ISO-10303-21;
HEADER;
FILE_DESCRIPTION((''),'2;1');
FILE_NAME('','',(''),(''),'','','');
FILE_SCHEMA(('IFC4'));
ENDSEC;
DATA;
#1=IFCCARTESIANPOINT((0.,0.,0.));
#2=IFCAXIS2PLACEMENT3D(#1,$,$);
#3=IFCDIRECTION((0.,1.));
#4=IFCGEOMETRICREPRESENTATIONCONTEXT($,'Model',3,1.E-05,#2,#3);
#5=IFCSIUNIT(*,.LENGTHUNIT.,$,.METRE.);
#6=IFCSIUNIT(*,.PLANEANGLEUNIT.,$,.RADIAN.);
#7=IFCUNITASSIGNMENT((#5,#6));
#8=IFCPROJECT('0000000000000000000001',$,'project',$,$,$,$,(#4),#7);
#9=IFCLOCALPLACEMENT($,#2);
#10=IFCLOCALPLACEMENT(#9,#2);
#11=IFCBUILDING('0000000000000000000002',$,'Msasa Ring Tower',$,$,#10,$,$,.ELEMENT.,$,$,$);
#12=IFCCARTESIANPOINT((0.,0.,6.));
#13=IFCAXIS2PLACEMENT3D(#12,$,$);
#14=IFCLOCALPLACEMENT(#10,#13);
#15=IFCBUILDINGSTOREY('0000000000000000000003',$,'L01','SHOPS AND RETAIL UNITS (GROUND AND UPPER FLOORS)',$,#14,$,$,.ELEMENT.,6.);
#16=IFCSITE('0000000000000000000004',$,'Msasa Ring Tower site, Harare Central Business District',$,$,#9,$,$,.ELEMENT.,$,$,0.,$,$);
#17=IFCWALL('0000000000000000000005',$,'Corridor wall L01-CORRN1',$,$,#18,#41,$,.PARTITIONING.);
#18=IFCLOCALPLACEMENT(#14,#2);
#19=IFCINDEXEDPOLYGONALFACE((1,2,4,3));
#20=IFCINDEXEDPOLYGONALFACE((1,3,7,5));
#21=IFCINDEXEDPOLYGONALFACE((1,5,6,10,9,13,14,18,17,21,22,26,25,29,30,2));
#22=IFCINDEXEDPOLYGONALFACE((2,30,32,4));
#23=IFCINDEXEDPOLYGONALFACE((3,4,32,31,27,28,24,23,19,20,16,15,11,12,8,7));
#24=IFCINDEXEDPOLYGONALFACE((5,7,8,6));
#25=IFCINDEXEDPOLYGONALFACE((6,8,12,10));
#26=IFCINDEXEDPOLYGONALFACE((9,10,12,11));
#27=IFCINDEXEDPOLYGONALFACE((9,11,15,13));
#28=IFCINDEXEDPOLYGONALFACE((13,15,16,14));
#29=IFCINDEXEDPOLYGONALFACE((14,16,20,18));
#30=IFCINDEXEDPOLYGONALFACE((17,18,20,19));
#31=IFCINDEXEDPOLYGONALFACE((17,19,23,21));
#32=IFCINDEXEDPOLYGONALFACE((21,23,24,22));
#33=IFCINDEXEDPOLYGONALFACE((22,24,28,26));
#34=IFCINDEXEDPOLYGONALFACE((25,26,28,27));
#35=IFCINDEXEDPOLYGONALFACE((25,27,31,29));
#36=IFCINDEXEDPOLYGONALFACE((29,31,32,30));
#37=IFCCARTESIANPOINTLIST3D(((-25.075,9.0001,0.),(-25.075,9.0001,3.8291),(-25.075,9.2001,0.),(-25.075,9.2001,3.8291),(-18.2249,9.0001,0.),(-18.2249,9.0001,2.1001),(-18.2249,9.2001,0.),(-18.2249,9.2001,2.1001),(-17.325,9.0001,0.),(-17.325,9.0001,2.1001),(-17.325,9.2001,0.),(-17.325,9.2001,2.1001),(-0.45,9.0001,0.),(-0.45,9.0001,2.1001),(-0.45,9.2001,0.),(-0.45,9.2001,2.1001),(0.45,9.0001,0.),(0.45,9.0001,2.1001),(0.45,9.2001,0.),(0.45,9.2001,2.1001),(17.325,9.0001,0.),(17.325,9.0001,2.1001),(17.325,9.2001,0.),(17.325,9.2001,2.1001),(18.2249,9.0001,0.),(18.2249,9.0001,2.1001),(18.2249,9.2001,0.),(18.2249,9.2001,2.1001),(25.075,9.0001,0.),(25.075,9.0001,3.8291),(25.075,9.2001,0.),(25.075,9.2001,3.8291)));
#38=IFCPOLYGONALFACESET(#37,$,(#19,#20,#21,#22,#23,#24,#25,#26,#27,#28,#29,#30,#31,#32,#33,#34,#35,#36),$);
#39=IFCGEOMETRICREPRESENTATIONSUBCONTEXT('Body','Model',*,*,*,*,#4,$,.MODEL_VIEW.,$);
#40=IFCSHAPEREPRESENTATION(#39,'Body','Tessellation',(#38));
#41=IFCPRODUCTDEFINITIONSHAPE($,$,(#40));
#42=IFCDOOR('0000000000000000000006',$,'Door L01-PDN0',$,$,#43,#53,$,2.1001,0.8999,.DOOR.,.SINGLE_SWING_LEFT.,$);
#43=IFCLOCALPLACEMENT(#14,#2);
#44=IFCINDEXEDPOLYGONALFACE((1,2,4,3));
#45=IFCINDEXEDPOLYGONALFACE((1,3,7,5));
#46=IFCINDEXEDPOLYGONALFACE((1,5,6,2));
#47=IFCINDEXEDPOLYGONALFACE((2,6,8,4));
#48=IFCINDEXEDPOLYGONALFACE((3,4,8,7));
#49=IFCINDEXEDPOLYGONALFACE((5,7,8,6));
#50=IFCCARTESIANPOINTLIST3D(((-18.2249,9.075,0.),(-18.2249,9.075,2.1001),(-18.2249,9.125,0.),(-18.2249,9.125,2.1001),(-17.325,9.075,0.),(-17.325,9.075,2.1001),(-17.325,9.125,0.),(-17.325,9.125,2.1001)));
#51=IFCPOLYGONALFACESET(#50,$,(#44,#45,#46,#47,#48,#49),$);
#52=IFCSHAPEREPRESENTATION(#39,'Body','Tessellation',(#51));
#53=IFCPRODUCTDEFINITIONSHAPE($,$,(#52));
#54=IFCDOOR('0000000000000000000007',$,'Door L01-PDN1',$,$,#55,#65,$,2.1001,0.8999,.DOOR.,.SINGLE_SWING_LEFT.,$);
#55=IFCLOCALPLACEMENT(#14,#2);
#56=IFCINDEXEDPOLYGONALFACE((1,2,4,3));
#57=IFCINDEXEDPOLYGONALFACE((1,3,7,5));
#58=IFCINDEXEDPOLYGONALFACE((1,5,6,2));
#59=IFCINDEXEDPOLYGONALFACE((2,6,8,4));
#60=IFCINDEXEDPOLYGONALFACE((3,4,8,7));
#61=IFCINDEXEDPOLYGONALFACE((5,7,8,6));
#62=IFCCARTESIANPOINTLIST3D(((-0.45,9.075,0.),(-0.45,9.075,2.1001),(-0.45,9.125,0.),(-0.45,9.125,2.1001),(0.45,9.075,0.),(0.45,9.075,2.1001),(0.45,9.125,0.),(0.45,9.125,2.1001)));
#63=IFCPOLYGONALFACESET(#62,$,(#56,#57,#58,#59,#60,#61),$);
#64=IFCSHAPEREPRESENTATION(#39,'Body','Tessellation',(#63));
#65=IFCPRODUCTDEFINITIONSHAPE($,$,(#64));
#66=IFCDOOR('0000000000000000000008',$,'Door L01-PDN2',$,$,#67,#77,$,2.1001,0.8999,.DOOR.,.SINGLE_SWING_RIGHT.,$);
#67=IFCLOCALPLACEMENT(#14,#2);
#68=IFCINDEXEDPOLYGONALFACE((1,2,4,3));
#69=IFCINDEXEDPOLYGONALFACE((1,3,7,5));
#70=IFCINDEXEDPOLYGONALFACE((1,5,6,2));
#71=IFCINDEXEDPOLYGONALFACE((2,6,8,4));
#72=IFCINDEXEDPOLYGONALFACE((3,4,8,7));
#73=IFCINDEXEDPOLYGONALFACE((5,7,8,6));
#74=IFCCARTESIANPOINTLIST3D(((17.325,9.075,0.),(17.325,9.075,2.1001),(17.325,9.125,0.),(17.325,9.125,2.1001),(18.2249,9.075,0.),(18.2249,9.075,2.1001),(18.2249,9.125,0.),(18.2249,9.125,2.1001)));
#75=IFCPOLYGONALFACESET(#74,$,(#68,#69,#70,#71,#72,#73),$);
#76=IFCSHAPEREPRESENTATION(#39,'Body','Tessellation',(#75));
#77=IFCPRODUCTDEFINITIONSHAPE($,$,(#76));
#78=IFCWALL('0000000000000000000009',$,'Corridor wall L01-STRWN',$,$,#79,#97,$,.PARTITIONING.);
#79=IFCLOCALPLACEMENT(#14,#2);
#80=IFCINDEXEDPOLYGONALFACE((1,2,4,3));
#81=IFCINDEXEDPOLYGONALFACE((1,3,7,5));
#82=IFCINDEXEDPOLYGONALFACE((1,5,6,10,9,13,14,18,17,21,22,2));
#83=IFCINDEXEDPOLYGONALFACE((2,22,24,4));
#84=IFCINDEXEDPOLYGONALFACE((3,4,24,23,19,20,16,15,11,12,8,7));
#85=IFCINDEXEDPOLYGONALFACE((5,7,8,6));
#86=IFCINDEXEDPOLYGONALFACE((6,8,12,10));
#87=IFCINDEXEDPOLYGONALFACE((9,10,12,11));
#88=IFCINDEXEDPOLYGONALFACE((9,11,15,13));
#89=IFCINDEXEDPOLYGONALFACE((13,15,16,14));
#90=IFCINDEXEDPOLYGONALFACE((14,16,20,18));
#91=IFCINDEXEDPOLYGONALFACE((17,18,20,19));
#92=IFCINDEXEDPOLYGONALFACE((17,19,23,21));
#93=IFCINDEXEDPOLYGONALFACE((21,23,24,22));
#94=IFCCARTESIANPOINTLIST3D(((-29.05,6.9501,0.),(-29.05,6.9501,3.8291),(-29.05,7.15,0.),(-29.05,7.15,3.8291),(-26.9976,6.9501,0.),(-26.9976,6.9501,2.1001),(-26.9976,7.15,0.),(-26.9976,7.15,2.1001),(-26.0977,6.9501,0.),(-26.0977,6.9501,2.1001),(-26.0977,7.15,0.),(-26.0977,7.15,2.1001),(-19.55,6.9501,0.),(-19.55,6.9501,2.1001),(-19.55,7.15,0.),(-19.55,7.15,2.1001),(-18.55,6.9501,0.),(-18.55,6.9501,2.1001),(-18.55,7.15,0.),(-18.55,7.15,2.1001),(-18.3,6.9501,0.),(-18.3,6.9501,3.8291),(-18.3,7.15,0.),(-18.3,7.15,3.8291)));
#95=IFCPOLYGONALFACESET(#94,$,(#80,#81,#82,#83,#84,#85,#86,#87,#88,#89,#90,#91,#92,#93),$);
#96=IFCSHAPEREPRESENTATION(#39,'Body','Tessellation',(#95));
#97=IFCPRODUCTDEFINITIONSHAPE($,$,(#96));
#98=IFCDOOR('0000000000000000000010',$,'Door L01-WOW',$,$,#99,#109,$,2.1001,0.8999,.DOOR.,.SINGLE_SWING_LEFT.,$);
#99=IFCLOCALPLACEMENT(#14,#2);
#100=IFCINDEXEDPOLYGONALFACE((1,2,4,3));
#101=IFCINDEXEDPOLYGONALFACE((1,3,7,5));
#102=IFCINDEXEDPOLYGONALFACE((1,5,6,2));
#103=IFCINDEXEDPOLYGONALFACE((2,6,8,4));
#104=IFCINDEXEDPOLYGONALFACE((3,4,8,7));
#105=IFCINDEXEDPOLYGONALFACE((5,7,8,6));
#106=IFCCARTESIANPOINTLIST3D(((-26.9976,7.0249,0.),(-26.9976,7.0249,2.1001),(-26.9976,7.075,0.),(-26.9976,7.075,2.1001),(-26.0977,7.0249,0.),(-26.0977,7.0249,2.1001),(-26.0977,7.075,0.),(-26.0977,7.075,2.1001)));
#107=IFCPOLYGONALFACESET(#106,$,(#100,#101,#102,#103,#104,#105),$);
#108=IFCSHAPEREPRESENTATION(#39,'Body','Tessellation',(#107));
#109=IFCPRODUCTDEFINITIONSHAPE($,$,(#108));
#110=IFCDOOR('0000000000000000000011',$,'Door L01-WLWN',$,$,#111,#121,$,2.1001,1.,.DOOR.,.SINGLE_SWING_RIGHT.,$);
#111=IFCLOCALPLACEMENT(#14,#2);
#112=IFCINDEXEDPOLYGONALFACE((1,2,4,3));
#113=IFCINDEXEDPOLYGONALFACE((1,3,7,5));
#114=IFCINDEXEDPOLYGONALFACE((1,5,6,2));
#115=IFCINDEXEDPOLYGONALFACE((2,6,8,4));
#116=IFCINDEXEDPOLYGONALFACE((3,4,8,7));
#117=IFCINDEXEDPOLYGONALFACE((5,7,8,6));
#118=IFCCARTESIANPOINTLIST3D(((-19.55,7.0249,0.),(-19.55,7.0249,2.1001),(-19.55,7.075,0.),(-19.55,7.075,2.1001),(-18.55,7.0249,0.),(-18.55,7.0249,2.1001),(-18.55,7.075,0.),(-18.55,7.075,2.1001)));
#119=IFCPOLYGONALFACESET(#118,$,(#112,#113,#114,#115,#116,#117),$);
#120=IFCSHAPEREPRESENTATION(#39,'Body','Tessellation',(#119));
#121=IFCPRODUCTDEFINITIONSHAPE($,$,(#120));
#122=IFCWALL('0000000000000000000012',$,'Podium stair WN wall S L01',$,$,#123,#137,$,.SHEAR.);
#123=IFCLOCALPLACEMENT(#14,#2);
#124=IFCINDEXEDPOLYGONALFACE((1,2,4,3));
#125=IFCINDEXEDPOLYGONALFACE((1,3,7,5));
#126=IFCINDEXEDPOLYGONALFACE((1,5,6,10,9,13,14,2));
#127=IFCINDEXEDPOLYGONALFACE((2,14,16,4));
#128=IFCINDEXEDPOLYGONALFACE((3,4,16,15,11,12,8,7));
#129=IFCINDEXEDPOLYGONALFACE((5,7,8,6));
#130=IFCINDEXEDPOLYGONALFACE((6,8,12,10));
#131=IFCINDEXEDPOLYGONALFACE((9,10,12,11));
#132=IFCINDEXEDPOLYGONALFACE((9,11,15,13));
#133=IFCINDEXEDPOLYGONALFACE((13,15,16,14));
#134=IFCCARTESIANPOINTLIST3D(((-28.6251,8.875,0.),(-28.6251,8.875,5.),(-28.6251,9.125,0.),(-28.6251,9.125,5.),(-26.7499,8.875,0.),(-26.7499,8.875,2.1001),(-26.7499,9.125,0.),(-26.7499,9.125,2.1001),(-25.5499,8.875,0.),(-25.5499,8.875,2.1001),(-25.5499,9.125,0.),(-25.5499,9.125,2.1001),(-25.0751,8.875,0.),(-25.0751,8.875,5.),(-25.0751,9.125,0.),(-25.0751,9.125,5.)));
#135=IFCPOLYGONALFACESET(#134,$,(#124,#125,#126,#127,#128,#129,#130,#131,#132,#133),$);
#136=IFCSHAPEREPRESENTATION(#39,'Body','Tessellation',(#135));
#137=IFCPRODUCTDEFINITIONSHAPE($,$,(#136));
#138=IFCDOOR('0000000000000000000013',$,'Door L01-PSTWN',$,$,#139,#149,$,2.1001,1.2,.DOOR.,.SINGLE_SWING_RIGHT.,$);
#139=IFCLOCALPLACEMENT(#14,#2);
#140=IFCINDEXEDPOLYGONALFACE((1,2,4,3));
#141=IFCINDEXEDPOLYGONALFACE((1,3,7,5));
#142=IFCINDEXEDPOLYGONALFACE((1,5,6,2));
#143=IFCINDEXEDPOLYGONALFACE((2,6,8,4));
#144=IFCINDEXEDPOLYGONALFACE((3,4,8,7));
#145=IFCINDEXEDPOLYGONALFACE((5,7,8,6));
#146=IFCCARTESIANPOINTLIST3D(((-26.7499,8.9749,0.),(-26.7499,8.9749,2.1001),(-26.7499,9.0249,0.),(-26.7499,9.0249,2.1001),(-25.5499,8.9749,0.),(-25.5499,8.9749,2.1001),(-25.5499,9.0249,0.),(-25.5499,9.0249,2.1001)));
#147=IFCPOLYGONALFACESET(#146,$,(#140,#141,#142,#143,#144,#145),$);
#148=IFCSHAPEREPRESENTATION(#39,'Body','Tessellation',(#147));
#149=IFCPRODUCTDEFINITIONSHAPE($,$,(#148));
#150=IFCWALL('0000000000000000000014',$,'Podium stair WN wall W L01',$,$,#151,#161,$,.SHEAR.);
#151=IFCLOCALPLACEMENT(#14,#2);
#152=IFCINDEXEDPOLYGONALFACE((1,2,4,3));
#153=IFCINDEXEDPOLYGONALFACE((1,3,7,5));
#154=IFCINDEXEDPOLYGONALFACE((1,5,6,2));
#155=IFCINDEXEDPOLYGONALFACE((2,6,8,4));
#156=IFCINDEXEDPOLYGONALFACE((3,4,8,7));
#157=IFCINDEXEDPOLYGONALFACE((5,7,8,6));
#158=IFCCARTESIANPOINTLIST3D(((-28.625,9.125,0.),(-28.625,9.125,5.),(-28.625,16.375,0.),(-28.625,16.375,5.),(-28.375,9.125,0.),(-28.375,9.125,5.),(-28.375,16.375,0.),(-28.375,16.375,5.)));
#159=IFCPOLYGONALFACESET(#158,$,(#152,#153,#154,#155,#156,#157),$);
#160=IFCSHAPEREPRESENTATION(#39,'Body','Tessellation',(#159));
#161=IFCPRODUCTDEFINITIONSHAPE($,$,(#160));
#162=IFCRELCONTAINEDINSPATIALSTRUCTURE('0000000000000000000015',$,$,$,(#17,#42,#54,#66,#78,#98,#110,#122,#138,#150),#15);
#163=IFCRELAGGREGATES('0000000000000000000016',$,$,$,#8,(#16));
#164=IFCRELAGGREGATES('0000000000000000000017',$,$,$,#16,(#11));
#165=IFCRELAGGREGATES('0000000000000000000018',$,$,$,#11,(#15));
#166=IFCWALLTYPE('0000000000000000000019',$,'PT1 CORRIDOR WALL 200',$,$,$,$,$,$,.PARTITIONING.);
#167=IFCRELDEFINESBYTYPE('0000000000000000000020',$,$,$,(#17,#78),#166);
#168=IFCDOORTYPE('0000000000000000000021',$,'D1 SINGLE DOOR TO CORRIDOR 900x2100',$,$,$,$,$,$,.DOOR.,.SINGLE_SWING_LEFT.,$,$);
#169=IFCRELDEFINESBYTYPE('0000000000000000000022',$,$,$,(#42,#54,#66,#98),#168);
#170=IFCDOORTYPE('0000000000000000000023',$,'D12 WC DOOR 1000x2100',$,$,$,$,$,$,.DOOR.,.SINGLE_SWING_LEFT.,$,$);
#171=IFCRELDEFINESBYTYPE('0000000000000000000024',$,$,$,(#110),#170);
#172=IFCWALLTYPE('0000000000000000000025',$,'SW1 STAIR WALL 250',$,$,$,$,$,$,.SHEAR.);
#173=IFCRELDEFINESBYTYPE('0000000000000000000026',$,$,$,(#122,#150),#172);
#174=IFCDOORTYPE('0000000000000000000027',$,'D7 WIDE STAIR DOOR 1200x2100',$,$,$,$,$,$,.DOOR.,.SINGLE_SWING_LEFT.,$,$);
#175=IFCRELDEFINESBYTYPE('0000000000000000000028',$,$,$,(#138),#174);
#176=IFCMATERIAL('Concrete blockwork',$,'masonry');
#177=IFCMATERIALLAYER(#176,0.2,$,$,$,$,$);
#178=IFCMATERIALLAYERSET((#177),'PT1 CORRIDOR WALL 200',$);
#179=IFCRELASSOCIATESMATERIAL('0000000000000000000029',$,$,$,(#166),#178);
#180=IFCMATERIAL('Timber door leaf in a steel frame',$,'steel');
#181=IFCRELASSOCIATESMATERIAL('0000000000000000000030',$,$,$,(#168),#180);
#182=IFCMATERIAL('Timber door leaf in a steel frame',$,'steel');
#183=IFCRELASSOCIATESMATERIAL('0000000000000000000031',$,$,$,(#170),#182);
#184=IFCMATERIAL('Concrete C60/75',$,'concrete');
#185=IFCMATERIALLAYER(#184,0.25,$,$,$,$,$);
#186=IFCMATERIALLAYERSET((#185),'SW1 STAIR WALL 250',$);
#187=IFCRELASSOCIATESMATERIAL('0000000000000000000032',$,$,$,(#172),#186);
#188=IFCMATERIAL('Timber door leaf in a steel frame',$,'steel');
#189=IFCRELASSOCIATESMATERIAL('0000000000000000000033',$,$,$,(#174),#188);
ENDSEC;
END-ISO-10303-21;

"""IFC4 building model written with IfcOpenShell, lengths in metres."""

from ifc_helpers import new_model, si_unit, direction, frame, frame_2d, origin, place, context, subcontext, project, spatial, rectangle, extrude, material, layer, layer_set, type_object, element, fill, save


model = new_model("IFC4")

# Units and contexts
model_context = context("Model", 3, precision=1e-05, world=origin(), true_north=direction((0.0, 1.0)))
body_context = subcontext(model_context, "Body", "Model", "MODEL_VIEW")
ifc_project = project(units=[si_unit("LENGTHUNIT", "METRE"), si_unit("PLANEANGLEUNIT", "RADIAN")], contexts=[model_context])

# Site, building, storey
site_placement = place(None, origin())
site = spatial("IfcSite", under=ifc_project, at=site_placement, Name="Msasa Ring Tower site, Harare Central Business District", CompositionType="ELEMENT", RefElevation=0.0)
building_placement = place(site_placement, origin())
building = spatial("IfcBuilding", under=site, at=building_placement, Name="Msasa Ring Tower", CompositionType="ELEMENT")
storey_placement = place(building_placement, frame((0.0, 0.0, 6.0)))
storey = spatial("IfcBuildingStorey", under=building, at=storey_placement, Name="L01", Description="SHOPS AND RETAIL UNITS (GROUND AND UPPER FLOORS)", CompositionType="ELEMENT", Elevation=6.0)

# Walls, openings, doors
ifc_material_1 = material(Name="Concrete blockwork", Category="masonry")
ifc_layer_1 = layer(ifc_material_1, 0.2)
ifc_layer_set_1 = layer_set([ifc_layer_1], Name="PT1 CORRIDOR WALL 200")
wall_type_1 = type_object("IfcWallType", Name="PT1 CORRIDOR WALL 200", PredefinedType="PARTITIONING", material=ifc_layer_set_1)
wall_1_placement = place(storey_placement, frame((-25.075, 9.1001, 0.0), z_axis=(0.0, 0.0, 1.0), x_axis=(1.0, 0.0, 0.0)))
wall_1 = element("IfcWall", 1, at=wall_1_placement, inside=storey, type_object=wall_type_1, Name="Corridor wall L01-CORRN1", PredefinedType="PARTITIONING", context=body_context, shape_type="SweptSolid", body=[
    extrude(rectangle(XDim=50.1499, YDim=0.2, at=frame_2d((25.075, 0.0))), origin(), (0.0, 0.0, 1.0), 3.8291),
])
opening_1_placement = place(wall_1_placement, frame((6.8501, 0.0, 0.0)))
opening_1 = element("IfcOpeningElement", 2, at=opening_1_placement, cuts=wall_1, PredefinedType="OPENING", context=body_context, shape_type="SweptSolid", body=[
    extrude(rectangle(XDim=0.8999, YDim=2.1001, at=frame_2d((0.45, 1.05))), frame((0.0, 0.1099, 0.0), z_axis=(0.0, -1.0, 0.0), x_axis=(1.0, 0.0, 0.0)), (0.0, 0.0, 1.0), 0.22),
])
opening_2_placement = place(wall_1_placement, frame((24.625, 0.0, 0.0)))
opening_2 = element("IfcOpeningElement", 3, at=opening_2_placement, cuts=wall_1, PredefinedType="OPENING", context=body_context, shape_type="SweptSolid", body=[
    extrude(rectangle(XDim=0.8999, YDim=2.1001, at=frame_2d((0.45, 1.05))), frame((0.0, 0.1099, 0.0), z_axis=(0.0, -1.0, 0.0), x_axis=(1.0, 0.0, 0.0)), (0.0, 0.0, 1.0), 0.22),
])
opening_3_placement = place(wall_1_placement, frame((42.3999, 0.0, 0.0)))
opening_3 = element("IfcOpeningElement", 4, at=opening_3_placement, cuts=wall_1, PredefinedType="OPENING", context=body_context, shape_type="SweptSolid", body=[
    extrude(rectangle(XDim=0.8999, YDim=2.1001, at=frame_2d((0.45, 1.05))), frame((0.0, 0.1099, 0.0), z_axis=(0.0, -1.0, 0.0), x_axis=(1.0, 0.0, 0.0)), (0.0, 0.0, 1.0), 0.22),
])
ifc_material_2 = material(Name="Timber door leaf in a steel frame", Category="steel")
door_type_1 = type_object("IfcDoorType", Name="D1 SINGLE DOOR TO CORRIDOR 900x2100", OperationType="SINGLE_SWING_LEFT", PredefinedType="DOOR", material=ifc_material_2)
door_1_placement = place(opening_1_placement, origin())
door_1 = element("IfcDoor", 5, at=door_1_placement, inside=storey, type_object=door_type_1, Name="Door L01-PDN0", OperationType="SINGLE_SWING_LEFT", OverallHeight=2.1001, OverallWidth=0.8999, PredefinedType="DOOR", context=body_context, shape_type="SweptSolid", body=[
    extrude(rectangle(XDim=0.8999, YDim=2.1001, at=frame_2d((0.45, 1.05))), frame((0.0, 0.0249, 0.0), z_axis=(0.0, -1.0, 0.0), x_axis=(1.0, 0.0, 0.0)), (0.0, 0.0, 1.0), 0.05),
])
fill(opening_1, door_1)
door_2_placement = place(opening_2_placement, origin())
door_2 = element("IfcDoor", 6, at=door_2_placement, inside=storey, type_object=door_type_1, Name="Door L01-PDN1", OperationType="SINGLE_SWING_LEFT", OverallHeight=2.1001, OverallWidth=0.8999, PredefinedType="DOOR", context=body_context, shape_type="SweptSolid", body=[
    extrude(rectangle(XDim=0.8999, YDim=2.1001, at=frame_2d((0.45, 1.05))), frame((0.0, 0.0249, 0.0), z_axis=(0.0, -1.0, 0.0), x_axis=(1.0, 0.0, 0.0)), (0.0, 0.0, 1.0), 0.05),
])
fill(opening_2, door_2)
door_3_placement = place(opening_3_placement, origin())
door_3 = element("IfcDoor", 7, at=door_3_placement, inside=storey, type_object=door_type_1, Name="Door L01-PDN2", OperationType="SINGLE_SWING_RIGHT", OverallHeight=2.1001, OverallWidth=0.8999, PredefinedType="DOOR", context=body_context, shape_type="SweptSolid", body=[
    extrude(rectangle(XDim=0.8999, YDim=2.1001, at=frame_2d((0.45, 1.05))), frame((0.0, 0.0249, 0.0), z_axis=(0.0, -1.0, 0.0), x_axis=(1.0, 0.0, 0.0)), (0.0, 0.0, 1.0), 0.05),
])
fill(opening_3, door_3)
wall_2_placement = place(storey_placement, frame((-29.05, 7.05, 0.0), z_axis=(0.0, 0.0, 1.0), x_axis=(1.0, 0.0, 0.0)))
wall_2 = element("IfcWall", 8, at=wall_2_placement, inside=storey, type_object=wall_type_1, Name="Corridor wall L01-STRWN", PredefinedType="PARTITIONING", context=body_context, shape_type="SweptSolid", body=[
    extrude(rectangle(XDim=10.75, YDim=0.2, at=frame_2d((5.375, 0.0))), origin(), (0.0, 0.0, 1.0), 3.8291),
])
opening_4_placement = place(wall_2_placement, frame((2.0525, 0.0, 0.0)))
opening_4 = element("IfcOpeningElement", 9, at=opening_4_placement, cuts=wall_2, PredefinedType="OPENING", context=body_context, shape_type="SweptSolid", body=[
    extrude(rectangle(XDim=0.8999, YDim=2.1001, at=frame_2d((0.45, 1.05))), frame((0.0, 0.1099, 0.0), z_axis=(0.0, -1.0, 0.0), x_axis=(1.0, 0.0, 0.0)), (0.0, 0.0, 1.0), 0.22),
])
opening_5_placement = place(wall_2_placement, frame((9.5, 0.0, 0.0)))
opening_5 = element("IfcOpeningElement", 10, at=opening_5_placement, cuts=wall_2, PredefinedType="OPENING", context=body_context, shape_type="SweptSolid", body=[
    extrude(rectangle(XDim=1.0, YDim=2.1001, at=frame_2d((0.5, 1.05))), frame((0.0, 0.1099, 0.0), z_axis=(0.0, -1.0, 0.0), x_axis=(1.0, 0.0, 0.0)), (0.0, 0.0, 1.0), 0.22),
])
door_4_placement = place(opening_4_placement, origin())
door_4 = element("IfcDoor", 11, at=door_4_placement, inside=storey, type_object=door_type_1, Name="Door L01-WOW", OperationType="SINGLE_SWING_LEFT", OverallHeight=2.1001, OverallWidth=0.8999, PredefinedType="DOOR", context=body_context, shape_type="SweptSolid", body=[
    extrude(rectangle(XDim=0.8999, YDim=2.1001, at=frame_2d((0.45, 1.05))), frame((0.0, 0.0249, 0.0), z_axis=(0.0, -1.0, 0.0), x_axis=(1.0, 0.0, 0.0)), (0.0, 0.0, 1.0), 0.05),
])
fill(opening_4, door_4)
ifc_material_3 = material(Name="Timber door leaf in a steel frame", Category="steel")
door_type_2 = type_object("IfcDoorType", Name="D12 WC DOOR 1000x2100", OperationType="SINGLE_SWING_LEFT", PredefinedType="DOOR", material=ifc_material_3)
door_5_placement = place(opening_5_placement, origin())
door_5 = element("IfcDoor", 12, at=door_5_placement, inside=storey, type_object=door_type_2, Name="Door L01-WLWN", OperationType="SINGLE_SWING_RIGHT", OverallHeight=2.1001, OverallWidth=1.0, PredefinedType="DOOR", context=body_context, shape_type="SweptSolid", body=[
    extrude(rectangle(XDim=1.0, YDim=2.1001, at=frame_2d((0.5, 1.05))), frame((0.0, 0.0249, 0.0), z_axis=(0.0, -1.0, 0.0), x_axis=(1.0, 0.0, 0.0)), (0.0, 0.0, 1.0), 0.05),
])
fill(opening_5, door_5)

# Wall, opening, door
ifc_material_4 = material(Name="Concrete C60/75", Category="concrete")
ifc_layer_2 = layer(ifc_material_4, 0.25)
ifc_layer_set_2 = layer_set([ifc_layer_2], Name="SW1 STAIR WALL 250")
wall_type_2 = type_object("IfcWallType", Name="SW1 STAIR WALL 250", PredefinedType="SHEAR", material=ifc_layer_set_2)
wall_3_placement = place(storey_placement, frame((-28.625, 9.0, 0.0), z_axis=(0.0, 0.0, 1.0), x_axis=(1.0, 0.0, 0.0)))
wall_3 = element("IfcWall", 13, at=wall_3_placement, inside=storey, type_object=wall_type_2, Name="Podium stair WN wall S L01", PredefinedType="SHEAR", context=body_context, shape_type="SweptSolid", body=[
    extrude(rectangle(XDim=3.55, YDim=0.25, at=frame_2d((1.7749, 0.0))), origin(), (0.0, 0.0, 1.0), 5.0),
])
opening_6_placement = place(wall_3_placement, frame((1.875, 0.0, 0.0)))
opening_6 = element("IfcOpeningElement", 14, at=opening_6_placement, cuts=wall_3, PredefinedType="OPENING", context=body_context, shape_type="SweptSolid", body=[
    extrude(rectangle(XDim=1.2, YDim=2.1001, at=frame_2d((0.6001, 1.05))), frame((0.0, 0.135, 0.0), z_axis=(0.0, -1.0, 0.0), x_axis=(1.0, 0.0, 0.0)), (0.0, 0.0, 1.0), 0.27),
])
ifc_material_5 = material(Name="Timber door leaf in a steel frame", Category="steel")
door_type_3 = type_object("IfcDoorType", Name="D7 WIDE STAIR DOOR 1200x2100", OperationType="SINGLE_SWING_LEFT", PredefinedType="DOOR", material=ifc_material_5)
door_6_placement = place(opening_6_placement, origin())
door_6 = element("IfcDoor", 15, at=door_6_placement, inside=storey, type_object=door_type_3, Name="Door L01-PSTWN", OperationType="SINGLE_SWING_RIGHT", OverallHeight=2.1001, OverallWidth=1.2, PredefinedType="DOOR", context=body_context, shape_type="SweptSolid", body=[
    extrude(rectangle(XDim=1.2, YDim=2.1001, at=frame_2d((0.6001, 1.05))), frame((0.0, 0.0249, 0.0), z_axis=(0.0, -1.0, 0.0), x_axis=(1.0, 0.0, 0.0)), (0.0, 0.0, 1.0), 0.05),
])
fill(opening_6, door_6)

# Wall
for number, where, z_axis, x_axis, name in (
    (16, (-28.5, 9.125, 0.0), (0.0, 0.0, 1.0), (0.0, 1.0, 0.0), "Podium stair WN wall W L01"),
):
    element("IfcWall", number, at=place(storey_placement, frame(where, z_axis=z_axis, x_axis=x_axis)), inside=storey, type_object=wall_type_2, Name=name, PredefinedType="SHEAR", context=body_context, shape_type="SweptSolid", body=[
        extrude(rectangle(XDim=7.25, YDim=0.25, at=frame_2d((3.625, 0.0))), origin(), (0.0, 0.0, 1.0), 5.0),
    ])

save(model, "model.ifc")
